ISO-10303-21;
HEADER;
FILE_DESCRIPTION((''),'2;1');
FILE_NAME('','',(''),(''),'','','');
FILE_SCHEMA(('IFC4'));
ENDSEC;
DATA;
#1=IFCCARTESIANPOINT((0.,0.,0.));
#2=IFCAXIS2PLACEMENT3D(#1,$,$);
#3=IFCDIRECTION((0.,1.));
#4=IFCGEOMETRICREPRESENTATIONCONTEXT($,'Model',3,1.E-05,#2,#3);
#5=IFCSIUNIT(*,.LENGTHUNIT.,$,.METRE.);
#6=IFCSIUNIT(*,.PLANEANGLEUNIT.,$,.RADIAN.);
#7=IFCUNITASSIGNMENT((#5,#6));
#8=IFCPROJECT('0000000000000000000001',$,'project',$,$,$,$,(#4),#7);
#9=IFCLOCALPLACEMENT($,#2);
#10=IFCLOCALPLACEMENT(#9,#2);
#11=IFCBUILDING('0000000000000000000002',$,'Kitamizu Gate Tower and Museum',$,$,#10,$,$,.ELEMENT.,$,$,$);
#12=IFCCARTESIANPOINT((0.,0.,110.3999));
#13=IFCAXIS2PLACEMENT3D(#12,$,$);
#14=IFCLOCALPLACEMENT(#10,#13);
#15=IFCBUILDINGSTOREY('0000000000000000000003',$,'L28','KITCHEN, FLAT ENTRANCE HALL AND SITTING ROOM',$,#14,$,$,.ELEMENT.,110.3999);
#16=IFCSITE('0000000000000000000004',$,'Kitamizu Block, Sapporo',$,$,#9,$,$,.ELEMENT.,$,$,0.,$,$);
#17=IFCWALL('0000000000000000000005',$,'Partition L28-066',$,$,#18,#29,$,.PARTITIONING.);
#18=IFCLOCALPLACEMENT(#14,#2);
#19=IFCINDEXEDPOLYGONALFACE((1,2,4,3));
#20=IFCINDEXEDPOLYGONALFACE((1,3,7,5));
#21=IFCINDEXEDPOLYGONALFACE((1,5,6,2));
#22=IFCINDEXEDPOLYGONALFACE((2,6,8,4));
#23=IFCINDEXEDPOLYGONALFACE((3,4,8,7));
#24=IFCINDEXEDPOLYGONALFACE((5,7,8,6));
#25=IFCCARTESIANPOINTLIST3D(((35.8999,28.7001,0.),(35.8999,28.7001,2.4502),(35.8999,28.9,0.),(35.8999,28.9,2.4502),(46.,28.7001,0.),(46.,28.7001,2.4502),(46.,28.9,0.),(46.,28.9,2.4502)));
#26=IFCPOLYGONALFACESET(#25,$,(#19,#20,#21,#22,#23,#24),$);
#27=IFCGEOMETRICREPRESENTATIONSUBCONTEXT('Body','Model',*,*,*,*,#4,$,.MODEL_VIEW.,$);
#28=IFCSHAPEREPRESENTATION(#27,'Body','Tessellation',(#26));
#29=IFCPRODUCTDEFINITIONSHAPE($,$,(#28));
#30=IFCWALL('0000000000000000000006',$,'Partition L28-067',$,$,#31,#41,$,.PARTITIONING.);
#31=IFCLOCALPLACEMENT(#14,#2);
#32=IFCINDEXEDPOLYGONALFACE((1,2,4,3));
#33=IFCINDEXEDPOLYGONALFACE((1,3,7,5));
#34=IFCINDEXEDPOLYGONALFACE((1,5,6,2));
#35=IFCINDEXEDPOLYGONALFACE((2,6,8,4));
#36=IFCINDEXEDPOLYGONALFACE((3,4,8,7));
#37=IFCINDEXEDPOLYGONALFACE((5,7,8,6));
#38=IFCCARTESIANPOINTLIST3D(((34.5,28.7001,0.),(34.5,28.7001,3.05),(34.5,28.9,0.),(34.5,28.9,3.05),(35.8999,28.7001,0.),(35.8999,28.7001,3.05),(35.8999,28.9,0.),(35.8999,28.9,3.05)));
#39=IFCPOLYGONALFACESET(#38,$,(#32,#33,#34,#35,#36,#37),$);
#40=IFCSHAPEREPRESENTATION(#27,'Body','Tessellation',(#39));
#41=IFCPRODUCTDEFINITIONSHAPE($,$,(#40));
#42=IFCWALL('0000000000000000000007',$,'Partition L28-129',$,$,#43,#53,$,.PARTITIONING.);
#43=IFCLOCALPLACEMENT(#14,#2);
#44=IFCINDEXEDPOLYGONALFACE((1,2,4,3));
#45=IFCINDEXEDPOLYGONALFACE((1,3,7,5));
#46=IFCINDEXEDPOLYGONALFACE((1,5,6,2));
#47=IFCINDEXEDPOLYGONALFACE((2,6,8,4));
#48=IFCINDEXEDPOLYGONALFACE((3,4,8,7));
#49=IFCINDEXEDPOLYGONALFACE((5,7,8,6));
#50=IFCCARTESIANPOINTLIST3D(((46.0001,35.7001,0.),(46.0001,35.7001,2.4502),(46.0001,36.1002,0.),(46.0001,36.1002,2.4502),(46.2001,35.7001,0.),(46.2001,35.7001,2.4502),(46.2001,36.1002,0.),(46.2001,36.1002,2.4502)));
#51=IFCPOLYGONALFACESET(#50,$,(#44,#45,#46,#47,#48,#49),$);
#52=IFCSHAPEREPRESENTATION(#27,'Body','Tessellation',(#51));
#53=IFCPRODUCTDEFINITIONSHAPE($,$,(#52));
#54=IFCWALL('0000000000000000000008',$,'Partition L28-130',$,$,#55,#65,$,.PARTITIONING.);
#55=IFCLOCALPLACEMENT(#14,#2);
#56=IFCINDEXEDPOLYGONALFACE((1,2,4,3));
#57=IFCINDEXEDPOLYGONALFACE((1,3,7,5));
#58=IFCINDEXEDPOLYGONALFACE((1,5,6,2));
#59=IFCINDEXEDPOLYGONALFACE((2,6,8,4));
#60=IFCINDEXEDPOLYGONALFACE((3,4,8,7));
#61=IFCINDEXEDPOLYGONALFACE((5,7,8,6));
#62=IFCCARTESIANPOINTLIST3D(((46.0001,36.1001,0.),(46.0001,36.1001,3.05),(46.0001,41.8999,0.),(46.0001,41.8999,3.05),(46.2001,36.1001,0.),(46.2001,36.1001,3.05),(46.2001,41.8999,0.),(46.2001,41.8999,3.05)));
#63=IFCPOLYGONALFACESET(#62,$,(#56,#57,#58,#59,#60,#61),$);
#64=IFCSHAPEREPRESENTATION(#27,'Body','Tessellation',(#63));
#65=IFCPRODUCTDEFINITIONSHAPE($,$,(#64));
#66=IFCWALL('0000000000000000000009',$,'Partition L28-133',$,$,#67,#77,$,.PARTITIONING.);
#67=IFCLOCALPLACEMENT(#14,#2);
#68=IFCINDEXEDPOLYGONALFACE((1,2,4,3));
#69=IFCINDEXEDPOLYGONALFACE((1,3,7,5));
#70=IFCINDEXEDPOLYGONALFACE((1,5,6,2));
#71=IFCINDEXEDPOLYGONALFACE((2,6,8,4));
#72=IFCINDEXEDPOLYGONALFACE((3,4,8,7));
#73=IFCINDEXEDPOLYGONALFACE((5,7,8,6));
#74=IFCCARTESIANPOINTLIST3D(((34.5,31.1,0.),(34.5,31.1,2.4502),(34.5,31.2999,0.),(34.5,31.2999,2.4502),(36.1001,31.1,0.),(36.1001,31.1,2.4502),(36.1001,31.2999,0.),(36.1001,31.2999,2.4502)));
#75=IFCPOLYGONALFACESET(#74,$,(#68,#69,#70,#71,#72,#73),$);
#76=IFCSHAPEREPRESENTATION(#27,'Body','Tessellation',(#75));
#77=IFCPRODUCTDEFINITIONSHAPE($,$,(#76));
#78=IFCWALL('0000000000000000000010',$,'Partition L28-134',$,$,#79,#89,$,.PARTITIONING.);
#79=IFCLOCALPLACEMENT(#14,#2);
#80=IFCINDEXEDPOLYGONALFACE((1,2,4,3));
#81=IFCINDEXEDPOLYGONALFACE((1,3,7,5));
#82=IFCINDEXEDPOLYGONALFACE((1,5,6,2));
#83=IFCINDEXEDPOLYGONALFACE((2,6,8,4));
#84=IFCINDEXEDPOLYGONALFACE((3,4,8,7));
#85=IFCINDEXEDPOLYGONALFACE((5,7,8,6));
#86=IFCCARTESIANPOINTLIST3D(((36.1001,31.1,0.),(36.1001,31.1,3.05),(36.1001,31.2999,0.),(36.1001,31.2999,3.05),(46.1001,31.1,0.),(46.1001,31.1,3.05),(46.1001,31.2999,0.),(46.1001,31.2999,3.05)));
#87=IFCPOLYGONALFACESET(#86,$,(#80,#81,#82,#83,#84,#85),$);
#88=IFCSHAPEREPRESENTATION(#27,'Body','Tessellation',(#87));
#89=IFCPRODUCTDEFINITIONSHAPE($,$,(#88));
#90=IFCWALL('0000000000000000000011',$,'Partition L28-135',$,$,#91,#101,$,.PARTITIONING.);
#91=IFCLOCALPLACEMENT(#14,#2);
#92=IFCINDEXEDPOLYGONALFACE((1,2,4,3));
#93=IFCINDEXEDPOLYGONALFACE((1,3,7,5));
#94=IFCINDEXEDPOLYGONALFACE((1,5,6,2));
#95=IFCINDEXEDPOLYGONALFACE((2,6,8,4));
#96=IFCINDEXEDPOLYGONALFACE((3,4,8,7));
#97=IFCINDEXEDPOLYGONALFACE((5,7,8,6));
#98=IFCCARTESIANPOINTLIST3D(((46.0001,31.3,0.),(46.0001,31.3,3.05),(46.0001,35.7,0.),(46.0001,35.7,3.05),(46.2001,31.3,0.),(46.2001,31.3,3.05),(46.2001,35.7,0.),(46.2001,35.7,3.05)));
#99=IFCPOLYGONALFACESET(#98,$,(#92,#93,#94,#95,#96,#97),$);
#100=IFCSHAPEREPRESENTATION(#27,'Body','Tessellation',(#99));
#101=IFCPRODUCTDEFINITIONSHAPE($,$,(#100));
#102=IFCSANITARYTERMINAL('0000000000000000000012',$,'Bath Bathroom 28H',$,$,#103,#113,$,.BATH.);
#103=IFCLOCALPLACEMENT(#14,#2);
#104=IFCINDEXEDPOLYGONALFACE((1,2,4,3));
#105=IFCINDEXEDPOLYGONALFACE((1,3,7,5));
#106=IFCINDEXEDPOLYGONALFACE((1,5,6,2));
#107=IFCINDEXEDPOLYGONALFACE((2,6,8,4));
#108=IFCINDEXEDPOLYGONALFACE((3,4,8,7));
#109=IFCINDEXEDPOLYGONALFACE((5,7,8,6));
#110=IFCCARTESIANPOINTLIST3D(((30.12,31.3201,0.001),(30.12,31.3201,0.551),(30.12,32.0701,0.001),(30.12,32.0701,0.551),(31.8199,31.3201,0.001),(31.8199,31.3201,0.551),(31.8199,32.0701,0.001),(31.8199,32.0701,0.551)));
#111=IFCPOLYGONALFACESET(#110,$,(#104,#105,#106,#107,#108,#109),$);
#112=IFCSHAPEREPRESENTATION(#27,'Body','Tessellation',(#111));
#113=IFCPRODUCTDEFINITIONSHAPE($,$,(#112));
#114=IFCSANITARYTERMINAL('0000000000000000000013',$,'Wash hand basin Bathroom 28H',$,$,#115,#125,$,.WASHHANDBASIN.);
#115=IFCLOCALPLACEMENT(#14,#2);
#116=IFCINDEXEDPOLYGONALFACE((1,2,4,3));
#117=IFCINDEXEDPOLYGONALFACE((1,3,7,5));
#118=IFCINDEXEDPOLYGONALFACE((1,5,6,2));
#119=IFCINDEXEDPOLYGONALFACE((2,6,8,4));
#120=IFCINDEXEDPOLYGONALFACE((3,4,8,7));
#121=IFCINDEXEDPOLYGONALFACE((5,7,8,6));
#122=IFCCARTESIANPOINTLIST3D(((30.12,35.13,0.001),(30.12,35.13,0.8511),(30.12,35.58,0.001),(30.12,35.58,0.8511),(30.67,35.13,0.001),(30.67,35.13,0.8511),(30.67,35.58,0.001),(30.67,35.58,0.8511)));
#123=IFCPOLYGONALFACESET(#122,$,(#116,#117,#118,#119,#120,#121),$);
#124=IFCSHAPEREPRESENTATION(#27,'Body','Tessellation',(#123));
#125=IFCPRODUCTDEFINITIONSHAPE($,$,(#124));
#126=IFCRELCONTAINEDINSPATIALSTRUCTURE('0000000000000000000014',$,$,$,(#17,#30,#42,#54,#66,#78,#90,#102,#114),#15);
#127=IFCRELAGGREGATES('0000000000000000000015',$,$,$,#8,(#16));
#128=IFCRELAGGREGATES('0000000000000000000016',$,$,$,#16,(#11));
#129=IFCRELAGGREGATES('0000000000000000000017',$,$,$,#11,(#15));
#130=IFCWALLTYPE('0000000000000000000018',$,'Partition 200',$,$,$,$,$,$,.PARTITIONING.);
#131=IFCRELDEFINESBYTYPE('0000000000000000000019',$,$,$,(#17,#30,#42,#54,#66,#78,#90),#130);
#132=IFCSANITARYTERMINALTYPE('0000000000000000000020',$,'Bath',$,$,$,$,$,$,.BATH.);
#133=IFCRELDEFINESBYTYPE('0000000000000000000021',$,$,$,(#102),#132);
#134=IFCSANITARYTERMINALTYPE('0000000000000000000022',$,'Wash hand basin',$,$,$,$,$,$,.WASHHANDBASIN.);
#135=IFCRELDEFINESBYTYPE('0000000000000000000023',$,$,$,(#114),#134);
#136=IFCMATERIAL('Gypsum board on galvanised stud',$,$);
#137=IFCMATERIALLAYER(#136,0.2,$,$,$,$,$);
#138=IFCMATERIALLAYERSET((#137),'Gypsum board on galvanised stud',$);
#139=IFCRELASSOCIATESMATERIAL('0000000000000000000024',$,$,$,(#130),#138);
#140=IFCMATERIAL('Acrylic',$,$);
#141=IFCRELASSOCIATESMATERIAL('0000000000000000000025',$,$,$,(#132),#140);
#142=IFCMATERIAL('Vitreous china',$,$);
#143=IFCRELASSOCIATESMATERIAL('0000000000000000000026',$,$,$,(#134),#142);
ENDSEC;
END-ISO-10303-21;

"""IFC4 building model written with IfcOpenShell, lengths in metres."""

from ifc_helpers import new_model, si_unit, direction, frame, frame_2d, origin, origin_2d, place, context, subcontext, project, spatial, rectangle, extrude, material, layer, layer_set, type_object, element, save


model = new_model("IFC4")

# Units and contexts
model_context = context("Model", 3, precision=1e-05, world=origin(), true_north=direction((0.0, 1.0)))
body_context = subcontext(model_context, "Body", "Model", "MODEL_VIEW")
ifc_project = project(units=[si_unit("LENGTHUNIT", "METRE"), si_unit("PLANEANGLEUNIT", "RADIAN")], contexts=[model_context])

# Site, building, storey
site_placement = place(None, origin())
site = spatial("IfcSite", under=ifc_project, at=site_placement, Name="Kitamizu Block, Sapporo", CompositionType="ELEMENT", RefElevation=0.0)
building_placement = place(site_placement, origin())
building = spatial("IfcBuilding", under=site, at=building_placement, Name="Kitamizu Gate Tower and Museum", CompositionType="ELEMENT")
storey_placement = place(building_placement, frame((0.0, 0.0, 110.3999)))
storey = spatial("IfcBuildingStorey", under=building, at=storey_placement, Name="L28", Description="KITCHEN, FLAT ENTRANCE HALL AND SITTING ROOM", CompositionType="ELEMENT", Elevation=110.3999)

# Walls
ifc_material_1 = material(Name="Gypsum board on galvanised stud")
ifc_layer_1 = layer(ifc_material_1, 0.2)
ifc_layer_set_1 = layer_set([ifc_layer_1], Name="Gypsum board on galvanised stud")
wall_type_1 = type_object("IfcWallType", Name="Partition 200", PredefinedType="PARTITIONING", material=ifc_layer_set_1)
wall_1_placement = place(storey_placement, frame((46.0, 28.8, 0.0), z_axis=(0.0, 0.0, 1.0), x_axis=(-1.0, 0.0, 0.0)))
element("IfcWall", 1, at=wall_1_placement, inside=storey, type_object=wall_type_1, Name="Partition L28-066", PredefinedType="PARTITIONING", context=body_context, shape_type="SweptSolid", body=[
    extrude(rectangle(XDim=10.1001, YDim=0.2, at=frame_2d((5.05, 0.0))), origin(), (0.0, 0.0, 1.0), 2.4502),
])
wall_2_placement = place(storey_placement, frame((35.8999, 28.8, 0.0), z_axis=(0.0, 0.0, 1.0), x_axis=(-1.0, 0.0, 0.0)))
element("IfcWall", 2, at=wall_2_placement, inside=storey, type_object=wall_type_1, Name="Partition L28-067", PredefinedType="PARTITIONING", context=body_context, shape_type="SweptSolid", body=[
    extrude(rectangle(XDim=1.3999, YDim=0.2, at=frame_2d((0.7, 0.0))), origin(), (0.0, 0.0, 1.0), 3.05),
])
wall_3_placement = place(storey_placement, frame((46.1001, 35.7, 0.0), z_axis=(0.0, 0.0, 1.0), x_axis=(0.0, 1.0, 0.0)))
element("IfcWall", 3, at=wall_3_placement, inside=storey, type_object=wall_type_1, Name="Partition L28-129", PredefinedType="PARTITIONING", context=body_context, shape_type="SweptSolid", body=[
    extrude(rectangle(XDim=0.4001, YDim=0.2, at=frame_2d((0.2002, 0.0))), origin(), (0.0, 0.0, 1.0), 2.4502),
])
wall_4_placement = place(storey_placement, frame((46.1001, 36.1001, 0.0), z_axis=(0.0, 0.0, 1.0), x_axis=(0.0, 1.0, 0.0)))
element("IfcWall", 4, at=wall_4_placement, inside=storey, type_object=wall_type_1, Name="Partition L28-130", PredefinedType="PARTITIONING", context=body_context, shape_type="SweptSolid", body=[
    extrude(rectangle(XDim=5.7998, YDim=0.2, at=frame_2d((2.8999, 0.0))), origin(), (0.0, 0.0, 1.0), 3.05),
])
wall_5_placement = place(storey_placement, frame((34.5, 31.2, 0.0), z_axis=(0.0, 0.0, 1.0), x_axis=(1.0, 0.0, 0.0)))
element("IfcWall", 5, at=wall_5_placement, inside=storey, type_object=wall_type_1, Name="Partition L28-133", PredefinedType="PARTITIONING", context=body_context, shape_type="SweptSolid", body=[
    extrude(rectangle(XDim=1.6001, YDim=0.2, at=frame_2d((0.8, 0.0))), origin(), (0.0, 0.0, 1.0), 2.4502),
])
wall_6_placement = place(storey_placement, frame((36.1001, 31.2, 0.0), z_axis=(0.0, 0.0, 1.0), x_axis=(1.0, 0.0, 0.0)))
element("IfcWall", 6, at=wall_6_placement, inside=storey, type_object=wall_type_1, Name="Partition L28-134", PredefinedType="PARTITIONING", context=body_context, shape_type="SweptSolid", body=[
    extrude(rectangle(XDim=10.0, YDim=0.2, at=frame_2d((5.0, 0.0))), origin(), (0.0, 0.0, 1.0), 3.05),
])
wall_7_placement = place(storey_placement, frame((46.1001, 31.3, 0.0), z_axis=(0.0, 0.0, 1.0), x_axis=(0.0, 1.0, 0.0)))
element("IfcWall", 7, at=wall_7_placement, inside=storey, type_object=wall_type_1, Name="Partition L28-135", PredefinedType="PARTITIONING", context=body_context, shape_type="SweptSolid", body=[
    extrude(rectangle(XDim=4.3999, YDim=0.2, at=frame_2d((2.2, 0.0))), origin(), (0.0, 0.0, 1.0), 3.05),
])

# Sanitary terminals
ifc_material_2 = material(Name="Acrylic")
sanitary_terminal_type_1 = type_object("IfcSanitaryTerminalType", Name="Bath", PredefinedType="BATH", material=ifc_material_2)
sanitary_terminal_1_placement = place(storey_placement, frame((30.97, 31.6951, 0.001), z_axis=(0.0, 0.0, 1.0), x_axis=(1.0, 0.0, 0.0)))
element("IfcSanitaryTerminal", 8, at=sanitary_terminal_1_placement, inside=storey, type_object=sanitary_terminal_type_1, Name="Bath Bathroom 28H", PredefinedType="BATH", context=body_context, shape_type="SweptSolid", body=[
    extrude(rectangle(XDim=1.7, YDim=0.75, at=origin_2d()), origin(), (0.0, 0.0, 1.0), 0.55),
])
ifc_material_3 = material(Name="Vitreous china")
sanitary_terminal_type_2 = type_object("IfcSanitaryTerminalType", Name="Wash hand basin", PredefinedType="WASHHANDBASIN", material=ifc_material_3)
sanitary_terminal_2_placement = place(storey_placement, frame((30.395, 35.355, 0.001), z_axis=(0.0, 0.0, 1.0), x_axis=(1.0, 0.0, 0.0)))
element("IfcSanitaryTerminal", 9, at=sanitary_terminal_2_placement, inside=storey, type_object=sanitary_terminal_type_2, Name="Wash hand basin Bathroom 28H", PredefinedType="WASHHANDBASIN", context=body_context, shape_type="SweptSolid", body=[
    extrude(rectangle(XDim=0.55, YDim=0.45, at=origin_2d()), origin(), (0.0, 0.0, 1.0), 0.8501),
])

save(model, "model.ifc")
